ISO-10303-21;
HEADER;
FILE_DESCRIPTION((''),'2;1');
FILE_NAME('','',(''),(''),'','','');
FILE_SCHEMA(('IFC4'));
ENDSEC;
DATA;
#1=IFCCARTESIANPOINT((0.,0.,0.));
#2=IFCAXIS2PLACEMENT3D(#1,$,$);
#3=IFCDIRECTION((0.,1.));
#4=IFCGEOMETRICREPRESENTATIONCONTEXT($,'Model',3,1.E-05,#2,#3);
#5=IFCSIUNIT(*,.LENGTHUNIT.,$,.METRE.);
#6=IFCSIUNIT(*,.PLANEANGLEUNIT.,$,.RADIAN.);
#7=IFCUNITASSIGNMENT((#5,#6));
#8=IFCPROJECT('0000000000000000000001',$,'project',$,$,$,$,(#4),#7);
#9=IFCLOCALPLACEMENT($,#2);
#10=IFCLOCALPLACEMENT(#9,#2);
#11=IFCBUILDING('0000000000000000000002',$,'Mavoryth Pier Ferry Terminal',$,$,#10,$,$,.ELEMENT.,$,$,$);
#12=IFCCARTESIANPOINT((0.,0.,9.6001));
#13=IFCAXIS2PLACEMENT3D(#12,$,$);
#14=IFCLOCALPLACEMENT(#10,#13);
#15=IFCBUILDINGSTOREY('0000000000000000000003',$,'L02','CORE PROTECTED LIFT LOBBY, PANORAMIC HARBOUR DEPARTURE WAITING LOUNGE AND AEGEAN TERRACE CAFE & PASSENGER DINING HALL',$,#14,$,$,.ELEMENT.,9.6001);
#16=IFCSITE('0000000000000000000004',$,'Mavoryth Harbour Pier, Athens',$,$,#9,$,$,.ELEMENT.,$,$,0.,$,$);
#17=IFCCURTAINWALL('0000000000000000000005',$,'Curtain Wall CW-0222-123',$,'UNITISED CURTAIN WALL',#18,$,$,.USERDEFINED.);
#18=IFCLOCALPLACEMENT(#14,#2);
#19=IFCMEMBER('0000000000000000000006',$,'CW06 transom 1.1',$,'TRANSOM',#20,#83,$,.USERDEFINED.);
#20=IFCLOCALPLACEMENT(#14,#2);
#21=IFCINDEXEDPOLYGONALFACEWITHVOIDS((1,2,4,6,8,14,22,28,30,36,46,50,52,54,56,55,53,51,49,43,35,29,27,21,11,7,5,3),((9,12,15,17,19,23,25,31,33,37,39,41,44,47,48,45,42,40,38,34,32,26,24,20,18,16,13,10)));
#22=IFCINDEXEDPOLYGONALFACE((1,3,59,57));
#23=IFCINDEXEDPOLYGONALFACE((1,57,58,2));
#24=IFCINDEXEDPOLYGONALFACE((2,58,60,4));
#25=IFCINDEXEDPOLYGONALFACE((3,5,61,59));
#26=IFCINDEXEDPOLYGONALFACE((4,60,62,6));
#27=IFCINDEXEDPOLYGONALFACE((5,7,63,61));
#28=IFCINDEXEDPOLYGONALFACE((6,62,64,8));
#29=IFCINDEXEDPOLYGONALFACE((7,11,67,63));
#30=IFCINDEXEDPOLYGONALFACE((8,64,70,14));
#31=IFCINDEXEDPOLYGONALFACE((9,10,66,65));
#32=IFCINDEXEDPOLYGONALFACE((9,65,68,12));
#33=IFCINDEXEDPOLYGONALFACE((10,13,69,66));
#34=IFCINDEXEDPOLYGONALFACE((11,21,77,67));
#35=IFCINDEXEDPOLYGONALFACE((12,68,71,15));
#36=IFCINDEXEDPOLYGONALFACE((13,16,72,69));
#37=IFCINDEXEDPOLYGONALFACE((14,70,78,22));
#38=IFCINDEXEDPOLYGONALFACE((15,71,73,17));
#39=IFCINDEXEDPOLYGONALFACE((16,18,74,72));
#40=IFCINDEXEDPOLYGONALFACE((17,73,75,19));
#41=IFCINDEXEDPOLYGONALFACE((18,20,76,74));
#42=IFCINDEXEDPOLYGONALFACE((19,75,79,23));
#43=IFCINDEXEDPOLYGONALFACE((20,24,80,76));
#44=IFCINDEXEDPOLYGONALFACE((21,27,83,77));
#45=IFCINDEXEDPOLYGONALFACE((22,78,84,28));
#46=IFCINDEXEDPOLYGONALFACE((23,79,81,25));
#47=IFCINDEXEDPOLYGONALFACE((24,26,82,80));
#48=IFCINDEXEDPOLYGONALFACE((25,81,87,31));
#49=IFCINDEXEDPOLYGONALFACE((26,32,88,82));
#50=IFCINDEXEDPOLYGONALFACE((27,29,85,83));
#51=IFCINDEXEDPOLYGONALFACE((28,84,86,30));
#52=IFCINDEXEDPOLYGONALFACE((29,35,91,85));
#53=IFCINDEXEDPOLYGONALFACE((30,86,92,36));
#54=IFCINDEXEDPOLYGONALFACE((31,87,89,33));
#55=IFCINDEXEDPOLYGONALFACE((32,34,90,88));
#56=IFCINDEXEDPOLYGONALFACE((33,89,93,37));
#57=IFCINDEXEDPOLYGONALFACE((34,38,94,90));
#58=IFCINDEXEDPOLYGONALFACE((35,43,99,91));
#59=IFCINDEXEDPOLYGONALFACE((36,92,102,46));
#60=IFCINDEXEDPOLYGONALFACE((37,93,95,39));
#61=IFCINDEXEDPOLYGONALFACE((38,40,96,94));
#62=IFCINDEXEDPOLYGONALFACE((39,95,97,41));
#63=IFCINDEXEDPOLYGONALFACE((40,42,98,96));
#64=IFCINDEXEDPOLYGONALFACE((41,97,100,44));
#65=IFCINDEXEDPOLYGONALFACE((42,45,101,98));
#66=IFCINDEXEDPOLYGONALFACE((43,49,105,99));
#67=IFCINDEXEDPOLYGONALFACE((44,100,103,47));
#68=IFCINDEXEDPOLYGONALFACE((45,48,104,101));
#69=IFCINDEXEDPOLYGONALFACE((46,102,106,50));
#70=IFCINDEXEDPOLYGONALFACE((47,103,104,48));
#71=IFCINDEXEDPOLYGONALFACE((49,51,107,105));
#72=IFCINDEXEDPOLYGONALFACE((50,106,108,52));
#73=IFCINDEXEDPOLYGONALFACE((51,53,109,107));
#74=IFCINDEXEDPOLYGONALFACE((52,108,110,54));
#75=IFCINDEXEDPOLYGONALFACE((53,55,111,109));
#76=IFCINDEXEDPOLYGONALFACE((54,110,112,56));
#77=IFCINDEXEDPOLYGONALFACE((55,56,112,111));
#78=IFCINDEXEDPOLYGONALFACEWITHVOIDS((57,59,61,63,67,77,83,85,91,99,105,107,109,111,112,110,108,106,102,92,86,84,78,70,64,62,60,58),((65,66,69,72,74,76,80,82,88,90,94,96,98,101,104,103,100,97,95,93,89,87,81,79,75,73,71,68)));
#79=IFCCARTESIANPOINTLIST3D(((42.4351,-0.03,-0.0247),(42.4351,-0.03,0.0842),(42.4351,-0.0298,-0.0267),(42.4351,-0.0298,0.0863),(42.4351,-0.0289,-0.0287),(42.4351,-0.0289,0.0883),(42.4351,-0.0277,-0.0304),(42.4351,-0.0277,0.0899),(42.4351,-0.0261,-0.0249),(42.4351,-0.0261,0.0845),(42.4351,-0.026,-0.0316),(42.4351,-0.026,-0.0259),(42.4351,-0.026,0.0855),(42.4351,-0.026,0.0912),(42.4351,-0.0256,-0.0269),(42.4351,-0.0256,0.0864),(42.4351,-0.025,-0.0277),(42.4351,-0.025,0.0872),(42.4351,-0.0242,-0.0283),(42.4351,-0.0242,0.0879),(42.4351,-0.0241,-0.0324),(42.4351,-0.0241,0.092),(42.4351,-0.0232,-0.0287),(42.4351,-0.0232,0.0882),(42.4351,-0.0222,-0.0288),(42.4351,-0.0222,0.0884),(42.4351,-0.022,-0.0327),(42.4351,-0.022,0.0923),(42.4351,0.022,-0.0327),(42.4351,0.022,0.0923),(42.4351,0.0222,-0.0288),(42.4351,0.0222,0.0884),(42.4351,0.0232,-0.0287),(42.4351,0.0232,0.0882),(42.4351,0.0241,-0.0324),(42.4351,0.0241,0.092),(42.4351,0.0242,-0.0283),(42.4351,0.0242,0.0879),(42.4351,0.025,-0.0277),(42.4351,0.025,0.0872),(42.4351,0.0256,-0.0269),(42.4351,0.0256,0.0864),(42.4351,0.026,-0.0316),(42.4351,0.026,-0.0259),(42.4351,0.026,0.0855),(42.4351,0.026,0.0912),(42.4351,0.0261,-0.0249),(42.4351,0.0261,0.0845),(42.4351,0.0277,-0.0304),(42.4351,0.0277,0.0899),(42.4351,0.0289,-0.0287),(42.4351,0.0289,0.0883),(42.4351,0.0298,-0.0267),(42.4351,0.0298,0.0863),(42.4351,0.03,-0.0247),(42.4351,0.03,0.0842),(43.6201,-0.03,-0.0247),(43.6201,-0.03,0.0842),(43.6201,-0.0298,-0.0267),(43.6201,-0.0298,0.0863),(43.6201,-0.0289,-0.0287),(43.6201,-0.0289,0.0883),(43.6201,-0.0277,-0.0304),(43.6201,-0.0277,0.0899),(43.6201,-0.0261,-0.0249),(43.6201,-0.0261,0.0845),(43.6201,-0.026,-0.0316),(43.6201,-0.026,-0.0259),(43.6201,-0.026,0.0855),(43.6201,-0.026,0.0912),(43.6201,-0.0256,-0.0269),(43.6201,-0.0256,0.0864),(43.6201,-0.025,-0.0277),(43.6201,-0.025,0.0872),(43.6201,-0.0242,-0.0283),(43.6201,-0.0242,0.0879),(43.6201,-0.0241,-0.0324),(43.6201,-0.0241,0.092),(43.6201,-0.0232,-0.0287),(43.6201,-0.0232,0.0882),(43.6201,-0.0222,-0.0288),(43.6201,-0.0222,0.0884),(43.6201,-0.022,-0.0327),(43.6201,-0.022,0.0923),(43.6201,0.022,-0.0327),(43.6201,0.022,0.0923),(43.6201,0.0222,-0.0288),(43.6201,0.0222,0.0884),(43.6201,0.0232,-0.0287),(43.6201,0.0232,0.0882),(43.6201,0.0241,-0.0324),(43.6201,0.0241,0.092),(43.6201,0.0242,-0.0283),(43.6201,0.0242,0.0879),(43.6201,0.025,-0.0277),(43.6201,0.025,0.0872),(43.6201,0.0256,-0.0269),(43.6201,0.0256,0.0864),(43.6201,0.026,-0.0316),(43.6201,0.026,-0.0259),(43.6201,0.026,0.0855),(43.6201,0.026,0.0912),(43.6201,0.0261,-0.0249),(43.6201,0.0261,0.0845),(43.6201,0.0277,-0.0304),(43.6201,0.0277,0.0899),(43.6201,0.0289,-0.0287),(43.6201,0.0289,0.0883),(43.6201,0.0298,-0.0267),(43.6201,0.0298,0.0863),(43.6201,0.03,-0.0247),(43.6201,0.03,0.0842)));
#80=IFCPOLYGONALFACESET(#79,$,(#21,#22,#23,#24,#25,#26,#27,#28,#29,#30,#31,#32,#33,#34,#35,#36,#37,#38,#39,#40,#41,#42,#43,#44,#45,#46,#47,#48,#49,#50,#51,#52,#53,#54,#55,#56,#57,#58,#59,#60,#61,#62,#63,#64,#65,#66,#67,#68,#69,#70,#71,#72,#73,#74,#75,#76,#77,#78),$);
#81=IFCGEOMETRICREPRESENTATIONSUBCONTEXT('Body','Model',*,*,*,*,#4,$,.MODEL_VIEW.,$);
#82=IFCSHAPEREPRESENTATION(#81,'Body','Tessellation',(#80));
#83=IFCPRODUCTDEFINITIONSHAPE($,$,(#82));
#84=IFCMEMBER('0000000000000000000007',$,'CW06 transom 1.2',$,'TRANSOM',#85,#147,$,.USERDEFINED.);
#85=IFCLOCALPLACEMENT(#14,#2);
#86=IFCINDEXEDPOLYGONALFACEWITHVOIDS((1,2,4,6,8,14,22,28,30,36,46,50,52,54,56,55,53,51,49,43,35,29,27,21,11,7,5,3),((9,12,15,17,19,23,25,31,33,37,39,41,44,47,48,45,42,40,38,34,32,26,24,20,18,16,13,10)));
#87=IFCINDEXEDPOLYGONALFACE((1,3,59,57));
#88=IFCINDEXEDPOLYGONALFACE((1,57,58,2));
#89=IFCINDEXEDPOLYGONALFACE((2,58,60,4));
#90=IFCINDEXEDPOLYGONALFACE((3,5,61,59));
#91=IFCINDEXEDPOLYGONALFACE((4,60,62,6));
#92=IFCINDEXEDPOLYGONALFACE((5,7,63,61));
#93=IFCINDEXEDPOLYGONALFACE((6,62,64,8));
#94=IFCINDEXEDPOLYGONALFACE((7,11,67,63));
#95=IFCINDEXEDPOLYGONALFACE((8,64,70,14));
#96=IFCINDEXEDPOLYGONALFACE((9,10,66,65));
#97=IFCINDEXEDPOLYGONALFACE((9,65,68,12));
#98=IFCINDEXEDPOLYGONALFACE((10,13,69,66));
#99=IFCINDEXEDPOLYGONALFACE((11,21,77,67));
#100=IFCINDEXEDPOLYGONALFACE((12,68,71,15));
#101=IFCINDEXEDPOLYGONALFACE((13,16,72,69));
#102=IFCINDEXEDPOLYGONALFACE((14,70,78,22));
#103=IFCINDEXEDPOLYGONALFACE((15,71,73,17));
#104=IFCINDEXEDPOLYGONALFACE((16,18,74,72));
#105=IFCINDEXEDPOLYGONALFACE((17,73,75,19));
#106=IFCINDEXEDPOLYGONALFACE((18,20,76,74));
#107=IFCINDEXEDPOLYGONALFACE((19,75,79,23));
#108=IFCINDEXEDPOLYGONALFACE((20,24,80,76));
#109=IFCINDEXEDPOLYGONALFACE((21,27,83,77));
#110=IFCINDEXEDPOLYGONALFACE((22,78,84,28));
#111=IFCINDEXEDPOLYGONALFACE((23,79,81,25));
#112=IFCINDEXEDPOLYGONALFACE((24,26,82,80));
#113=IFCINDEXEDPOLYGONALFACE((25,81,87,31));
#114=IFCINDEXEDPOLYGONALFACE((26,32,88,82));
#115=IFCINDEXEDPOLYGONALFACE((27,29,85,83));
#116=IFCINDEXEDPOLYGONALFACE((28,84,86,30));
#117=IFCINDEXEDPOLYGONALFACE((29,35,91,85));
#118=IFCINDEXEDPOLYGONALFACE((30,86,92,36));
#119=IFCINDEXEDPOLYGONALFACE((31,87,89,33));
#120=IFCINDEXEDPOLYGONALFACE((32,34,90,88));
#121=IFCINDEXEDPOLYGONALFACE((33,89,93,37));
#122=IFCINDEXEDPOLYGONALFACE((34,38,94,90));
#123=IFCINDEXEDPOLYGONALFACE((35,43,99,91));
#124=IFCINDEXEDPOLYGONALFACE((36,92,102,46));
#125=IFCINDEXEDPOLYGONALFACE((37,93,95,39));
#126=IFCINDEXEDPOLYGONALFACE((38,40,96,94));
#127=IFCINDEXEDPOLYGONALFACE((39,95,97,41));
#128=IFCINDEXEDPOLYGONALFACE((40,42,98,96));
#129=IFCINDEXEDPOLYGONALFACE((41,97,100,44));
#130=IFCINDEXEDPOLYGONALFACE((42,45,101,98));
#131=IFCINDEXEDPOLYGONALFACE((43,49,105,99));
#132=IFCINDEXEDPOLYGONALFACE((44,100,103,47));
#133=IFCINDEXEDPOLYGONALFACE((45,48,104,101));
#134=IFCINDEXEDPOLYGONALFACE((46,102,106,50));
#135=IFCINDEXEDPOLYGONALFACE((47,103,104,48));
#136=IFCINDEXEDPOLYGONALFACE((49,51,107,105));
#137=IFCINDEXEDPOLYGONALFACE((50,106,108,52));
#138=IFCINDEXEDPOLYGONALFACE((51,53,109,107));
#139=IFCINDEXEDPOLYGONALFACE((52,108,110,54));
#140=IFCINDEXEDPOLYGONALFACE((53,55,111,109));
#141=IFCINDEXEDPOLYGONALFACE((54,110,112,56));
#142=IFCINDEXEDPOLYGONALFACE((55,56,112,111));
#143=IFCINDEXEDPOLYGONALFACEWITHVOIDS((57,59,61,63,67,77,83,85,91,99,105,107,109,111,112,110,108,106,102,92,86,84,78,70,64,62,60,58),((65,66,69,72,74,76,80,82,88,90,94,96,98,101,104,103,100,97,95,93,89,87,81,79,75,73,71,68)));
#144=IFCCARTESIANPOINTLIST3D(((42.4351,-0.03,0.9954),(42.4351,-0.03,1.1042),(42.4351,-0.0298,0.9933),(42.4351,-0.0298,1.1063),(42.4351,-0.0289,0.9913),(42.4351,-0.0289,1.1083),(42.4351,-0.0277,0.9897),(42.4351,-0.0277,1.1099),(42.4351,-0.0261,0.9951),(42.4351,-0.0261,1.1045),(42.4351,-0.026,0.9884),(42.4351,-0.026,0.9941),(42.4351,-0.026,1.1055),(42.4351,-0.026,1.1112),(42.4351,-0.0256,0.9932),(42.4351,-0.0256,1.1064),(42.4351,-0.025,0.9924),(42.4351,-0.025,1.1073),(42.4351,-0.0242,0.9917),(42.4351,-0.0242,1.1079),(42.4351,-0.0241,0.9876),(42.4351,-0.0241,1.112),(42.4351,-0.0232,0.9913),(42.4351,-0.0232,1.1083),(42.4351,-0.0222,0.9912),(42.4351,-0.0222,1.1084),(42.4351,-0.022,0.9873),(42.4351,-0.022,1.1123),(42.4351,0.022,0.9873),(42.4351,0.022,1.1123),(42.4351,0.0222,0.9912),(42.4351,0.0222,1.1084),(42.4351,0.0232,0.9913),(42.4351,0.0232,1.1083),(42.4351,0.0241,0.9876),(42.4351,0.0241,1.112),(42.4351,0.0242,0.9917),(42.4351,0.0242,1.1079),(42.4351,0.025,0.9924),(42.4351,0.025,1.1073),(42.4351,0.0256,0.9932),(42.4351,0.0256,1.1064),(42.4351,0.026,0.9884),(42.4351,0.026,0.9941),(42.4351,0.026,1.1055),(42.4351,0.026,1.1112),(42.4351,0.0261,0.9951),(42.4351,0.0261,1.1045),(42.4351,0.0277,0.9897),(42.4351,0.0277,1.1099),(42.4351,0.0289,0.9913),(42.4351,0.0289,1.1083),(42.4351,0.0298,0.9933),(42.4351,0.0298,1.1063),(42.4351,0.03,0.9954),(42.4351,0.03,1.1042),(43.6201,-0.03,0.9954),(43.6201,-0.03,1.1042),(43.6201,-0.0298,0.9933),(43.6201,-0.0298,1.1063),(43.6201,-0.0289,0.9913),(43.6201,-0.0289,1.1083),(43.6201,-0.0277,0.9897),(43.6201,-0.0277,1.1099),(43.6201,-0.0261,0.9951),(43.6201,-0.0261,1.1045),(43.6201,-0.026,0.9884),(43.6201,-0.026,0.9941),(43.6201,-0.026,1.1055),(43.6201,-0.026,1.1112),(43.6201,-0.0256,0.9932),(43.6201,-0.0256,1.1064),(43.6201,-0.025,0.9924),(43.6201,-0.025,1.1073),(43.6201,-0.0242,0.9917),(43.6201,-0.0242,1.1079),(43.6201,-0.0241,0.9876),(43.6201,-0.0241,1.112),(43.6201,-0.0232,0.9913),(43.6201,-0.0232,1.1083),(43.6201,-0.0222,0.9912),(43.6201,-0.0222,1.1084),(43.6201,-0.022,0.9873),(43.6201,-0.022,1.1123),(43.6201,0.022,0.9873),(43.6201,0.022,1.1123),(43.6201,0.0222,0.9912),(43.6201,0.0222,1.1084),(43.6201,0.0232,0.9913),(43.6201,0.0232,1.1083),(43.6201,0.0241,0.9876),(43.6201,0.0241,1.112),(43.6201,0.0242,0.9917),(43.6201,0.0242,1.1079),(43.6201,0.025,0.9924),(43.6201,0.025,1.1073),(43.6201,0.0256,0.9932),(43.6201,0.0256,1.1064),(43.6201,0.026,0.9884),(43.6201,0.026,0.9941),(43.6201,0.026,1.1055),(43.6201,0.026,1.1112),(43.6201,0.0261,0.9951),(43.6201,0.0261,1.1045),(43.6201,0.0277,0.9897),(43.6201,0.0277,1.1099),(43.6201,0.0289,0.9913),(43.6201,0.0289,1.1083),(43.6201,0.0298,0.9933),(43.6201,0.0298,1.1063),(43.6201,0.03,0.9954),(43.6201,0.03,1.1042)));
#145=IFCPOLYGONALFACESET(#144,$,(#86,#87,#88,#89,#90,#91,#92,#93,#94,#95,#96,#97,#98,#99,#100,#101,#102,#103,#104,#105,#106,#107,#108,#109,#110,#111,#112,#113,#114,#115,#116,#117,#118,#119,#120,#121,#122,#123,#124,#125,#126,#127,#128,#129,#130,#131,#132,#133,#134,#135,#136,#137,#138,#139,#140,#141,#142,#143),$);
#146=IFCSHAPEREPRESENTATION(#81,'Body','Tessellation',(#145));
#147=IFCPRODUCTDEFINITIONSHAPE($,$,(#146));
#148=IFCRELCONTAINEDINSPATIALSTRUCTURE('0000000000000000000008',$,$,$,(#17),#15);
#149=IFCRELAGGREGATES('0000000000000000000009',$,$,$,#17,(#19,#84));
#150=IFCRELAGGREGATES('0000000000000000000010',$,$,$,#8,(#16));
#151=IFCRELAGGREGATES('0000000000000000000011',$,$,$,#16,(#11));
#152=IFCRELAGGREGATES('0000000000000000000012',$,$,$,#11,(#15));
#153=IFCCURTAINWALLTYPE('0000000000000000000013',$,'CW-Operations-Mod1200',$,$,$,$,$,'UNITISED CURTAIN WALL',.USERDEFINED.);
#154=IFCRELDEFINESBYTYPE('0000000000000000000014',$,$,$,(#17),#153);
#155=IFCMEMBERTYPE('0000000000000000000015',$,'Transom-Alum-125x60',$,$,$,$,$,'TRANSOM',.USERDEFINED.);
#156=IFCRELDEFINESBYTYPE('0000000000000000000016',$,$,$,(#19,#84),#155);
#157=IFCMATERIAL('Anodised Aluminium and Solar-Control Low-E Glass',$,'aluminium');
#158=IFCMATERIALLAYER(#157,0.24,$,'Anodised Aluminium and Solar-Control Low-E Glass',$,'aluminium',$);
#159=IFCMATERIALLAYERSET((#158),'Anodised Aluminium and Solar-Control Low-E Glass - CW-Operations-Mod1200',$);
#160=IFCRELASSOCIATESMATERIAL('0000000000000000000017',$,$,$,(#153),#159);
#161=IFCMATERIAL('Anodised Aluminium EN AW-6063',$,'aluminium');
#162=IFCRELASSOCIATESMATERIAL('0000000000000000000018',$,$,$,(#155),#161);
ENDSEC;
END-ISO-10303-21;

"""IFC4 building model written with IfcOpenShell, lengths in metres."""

from ifc_helpers import new_model, si_unit, direction, frame, origin, origin_2d, place, context, subcontext, project, spatial, hollow_rectangle, extrude, material, layer, layer_set, material_profile, profile_set, type_object, element, aggregate, save


model = new_model("IFC4")

# Units and contexts
model_context = context("Model", 3, precision=1e-05, world=origin(), true_north=direction((0.0, 1.0)))
body_context = subcontext(model_context, "Body", "Model", "MODEL_VIEW")
ifc_project = project(units=[si_unit("LENGTHUNIT", "METRE"), si_unit("PLANEANGLEUNIT", "RADIAN")], contexts=[model_context])

# Site, building, storey
site_placement = place(None, origin())
site = spatial("IfcSite", under=ifc_project, at=site_placement, Name="Mavoryth Harbour Pier, Athens", CompositionType="ELEMENT", RefElevation=0.0)
building_placement = place(site_placement, origin())
building = spatial("IfcBuilding", under=site, at=building_placement, Name="Mavoryth Pier Ferry Terminal", CompositionType="ELEMENT")
storey_placement = place(building_placement, frame((0.0, 0.0, 9.6001)))
storey = spatial("IfcBuildingStorey", under=building, at=storey_placement, Name="L02", Description="CORE PROTECTED LIFT LOBBY, PANORAMIC HARBOUR DEPARTURE WAITING LOUNGE AND AEGEAN TERRACE CAFE & PASSENGER DINING HALL", CompositionType="ELEMENT", Elevation=9.6001)

# Curtain wall
ifc_material_1 = material(Name="Anodised Aluminium and Solar-Control Low-E Glass", Category="aluminium")
ifc_layer_1 = layer(ifc_material_1, 0.24, Name="Anodised Aluminium and Solar-Control Low-E Glass", Category="aluminium")
ifc_layer_set_1 = layer_set([ifc_layer_1], Name="Anodised Aluminium and Solar-Control Low-E Glass - CW-Operations-Mod1200")
curtain_wall_type = type_object("IfcCurtainWallType", Name="CW-Operations-Mod1200", ElementType="UNITISED CURTAIN WALL", PredefinedType="USERDEFINED", material=ifc_layer_set_1)
curtain_wall_placement = place(storey_placement, origin())
curtain_wall = element("IfcCurtainWall", 1, at=curtain_wall_placement, inside=storey, type_object=curtain_wall_type, Name="Curtain Wall CW-0222-123", ObjectType="UNITISED CURTAIN WALL", PredefinedType="USERDEFINED")
ifc_material_2 = material(Name="Anodised Aluminium EN AW-6063", Category="aluminium")

# Members
ifc_material_profile_1 = material_profile(ifc_material_2, hollow_rectangle(XDim=0.0601, YDim=0.125, WallThickness=0.0039, InnerFilletRadius=0.0039, OuterFilletRadius=0.0081, at=origin_2d()), Name="AL-TRAN 125x60x4", Category="aluminium")
ifc_profile_set_1 = profile_set([ifc_material_profile_1], Name="Anodised Aluminium EN AW-6063 - AL-TRAN 125x60x4")
member_type_1 = type_object("IfcMemberType", Name="Transom-Alum-125x60", ElementType="TRANSOM", PredefinedType="USERDEFINED", material=ifc_profile_set_1)
member_1_placement = place(storey_placement, frame((42.4351, 0.0, 0.0298), z_axis=(1.0, 0.0, 0.0), x_axis=(0.0, 1.0, 0.0)))
member_1 = element("IfcMember", 2, at=member_1_placement, type_object=member_type_1, Name="CW06 transom 1.1", ObjectType="TRANSOM", PredefinedType="USERDEFINED", context=body_context, shape_type="SweptSolid", body=[
    extrude(hollow_rectangle(XDim=0.0601, YDim=0.125, WallThickness=0.0039, InnerFilletRadius=0.0039, OuterFilletRadius=0.0081, at=origin_2d()), origin(), (0.0, 0.0, 1.0), 1.1851),
])
member_2_placement = place(storey_placement, frame((42.4351, 0.0, 1.0498), z_axis=(1.0, 0.0, 0.0), x_axis=(0.0, 1.0, 0.0)))
member_2 = element("IfcMember", 3, at=member_2_placement, type_object=member_type_1, Name="CW06 transom 1.2", ObjectType="TRANSOM", PredefinedType="USERDEFINED", context=body_context, shape_type="SweptSolid", body=[
    extrude(hollow_rectangle(XDim=0.0601, YDim=0.125, WallThickness=0.0039, InnerFilletRadius=0.0039, OuterFilletRadius=0.0081, at=origin_2d()), origin(), (0.0, 0.0, 1.0), 1.1851),
])

aggregate(curtain_wall, [member_1, member_2])

save(model, "model.ifc")
